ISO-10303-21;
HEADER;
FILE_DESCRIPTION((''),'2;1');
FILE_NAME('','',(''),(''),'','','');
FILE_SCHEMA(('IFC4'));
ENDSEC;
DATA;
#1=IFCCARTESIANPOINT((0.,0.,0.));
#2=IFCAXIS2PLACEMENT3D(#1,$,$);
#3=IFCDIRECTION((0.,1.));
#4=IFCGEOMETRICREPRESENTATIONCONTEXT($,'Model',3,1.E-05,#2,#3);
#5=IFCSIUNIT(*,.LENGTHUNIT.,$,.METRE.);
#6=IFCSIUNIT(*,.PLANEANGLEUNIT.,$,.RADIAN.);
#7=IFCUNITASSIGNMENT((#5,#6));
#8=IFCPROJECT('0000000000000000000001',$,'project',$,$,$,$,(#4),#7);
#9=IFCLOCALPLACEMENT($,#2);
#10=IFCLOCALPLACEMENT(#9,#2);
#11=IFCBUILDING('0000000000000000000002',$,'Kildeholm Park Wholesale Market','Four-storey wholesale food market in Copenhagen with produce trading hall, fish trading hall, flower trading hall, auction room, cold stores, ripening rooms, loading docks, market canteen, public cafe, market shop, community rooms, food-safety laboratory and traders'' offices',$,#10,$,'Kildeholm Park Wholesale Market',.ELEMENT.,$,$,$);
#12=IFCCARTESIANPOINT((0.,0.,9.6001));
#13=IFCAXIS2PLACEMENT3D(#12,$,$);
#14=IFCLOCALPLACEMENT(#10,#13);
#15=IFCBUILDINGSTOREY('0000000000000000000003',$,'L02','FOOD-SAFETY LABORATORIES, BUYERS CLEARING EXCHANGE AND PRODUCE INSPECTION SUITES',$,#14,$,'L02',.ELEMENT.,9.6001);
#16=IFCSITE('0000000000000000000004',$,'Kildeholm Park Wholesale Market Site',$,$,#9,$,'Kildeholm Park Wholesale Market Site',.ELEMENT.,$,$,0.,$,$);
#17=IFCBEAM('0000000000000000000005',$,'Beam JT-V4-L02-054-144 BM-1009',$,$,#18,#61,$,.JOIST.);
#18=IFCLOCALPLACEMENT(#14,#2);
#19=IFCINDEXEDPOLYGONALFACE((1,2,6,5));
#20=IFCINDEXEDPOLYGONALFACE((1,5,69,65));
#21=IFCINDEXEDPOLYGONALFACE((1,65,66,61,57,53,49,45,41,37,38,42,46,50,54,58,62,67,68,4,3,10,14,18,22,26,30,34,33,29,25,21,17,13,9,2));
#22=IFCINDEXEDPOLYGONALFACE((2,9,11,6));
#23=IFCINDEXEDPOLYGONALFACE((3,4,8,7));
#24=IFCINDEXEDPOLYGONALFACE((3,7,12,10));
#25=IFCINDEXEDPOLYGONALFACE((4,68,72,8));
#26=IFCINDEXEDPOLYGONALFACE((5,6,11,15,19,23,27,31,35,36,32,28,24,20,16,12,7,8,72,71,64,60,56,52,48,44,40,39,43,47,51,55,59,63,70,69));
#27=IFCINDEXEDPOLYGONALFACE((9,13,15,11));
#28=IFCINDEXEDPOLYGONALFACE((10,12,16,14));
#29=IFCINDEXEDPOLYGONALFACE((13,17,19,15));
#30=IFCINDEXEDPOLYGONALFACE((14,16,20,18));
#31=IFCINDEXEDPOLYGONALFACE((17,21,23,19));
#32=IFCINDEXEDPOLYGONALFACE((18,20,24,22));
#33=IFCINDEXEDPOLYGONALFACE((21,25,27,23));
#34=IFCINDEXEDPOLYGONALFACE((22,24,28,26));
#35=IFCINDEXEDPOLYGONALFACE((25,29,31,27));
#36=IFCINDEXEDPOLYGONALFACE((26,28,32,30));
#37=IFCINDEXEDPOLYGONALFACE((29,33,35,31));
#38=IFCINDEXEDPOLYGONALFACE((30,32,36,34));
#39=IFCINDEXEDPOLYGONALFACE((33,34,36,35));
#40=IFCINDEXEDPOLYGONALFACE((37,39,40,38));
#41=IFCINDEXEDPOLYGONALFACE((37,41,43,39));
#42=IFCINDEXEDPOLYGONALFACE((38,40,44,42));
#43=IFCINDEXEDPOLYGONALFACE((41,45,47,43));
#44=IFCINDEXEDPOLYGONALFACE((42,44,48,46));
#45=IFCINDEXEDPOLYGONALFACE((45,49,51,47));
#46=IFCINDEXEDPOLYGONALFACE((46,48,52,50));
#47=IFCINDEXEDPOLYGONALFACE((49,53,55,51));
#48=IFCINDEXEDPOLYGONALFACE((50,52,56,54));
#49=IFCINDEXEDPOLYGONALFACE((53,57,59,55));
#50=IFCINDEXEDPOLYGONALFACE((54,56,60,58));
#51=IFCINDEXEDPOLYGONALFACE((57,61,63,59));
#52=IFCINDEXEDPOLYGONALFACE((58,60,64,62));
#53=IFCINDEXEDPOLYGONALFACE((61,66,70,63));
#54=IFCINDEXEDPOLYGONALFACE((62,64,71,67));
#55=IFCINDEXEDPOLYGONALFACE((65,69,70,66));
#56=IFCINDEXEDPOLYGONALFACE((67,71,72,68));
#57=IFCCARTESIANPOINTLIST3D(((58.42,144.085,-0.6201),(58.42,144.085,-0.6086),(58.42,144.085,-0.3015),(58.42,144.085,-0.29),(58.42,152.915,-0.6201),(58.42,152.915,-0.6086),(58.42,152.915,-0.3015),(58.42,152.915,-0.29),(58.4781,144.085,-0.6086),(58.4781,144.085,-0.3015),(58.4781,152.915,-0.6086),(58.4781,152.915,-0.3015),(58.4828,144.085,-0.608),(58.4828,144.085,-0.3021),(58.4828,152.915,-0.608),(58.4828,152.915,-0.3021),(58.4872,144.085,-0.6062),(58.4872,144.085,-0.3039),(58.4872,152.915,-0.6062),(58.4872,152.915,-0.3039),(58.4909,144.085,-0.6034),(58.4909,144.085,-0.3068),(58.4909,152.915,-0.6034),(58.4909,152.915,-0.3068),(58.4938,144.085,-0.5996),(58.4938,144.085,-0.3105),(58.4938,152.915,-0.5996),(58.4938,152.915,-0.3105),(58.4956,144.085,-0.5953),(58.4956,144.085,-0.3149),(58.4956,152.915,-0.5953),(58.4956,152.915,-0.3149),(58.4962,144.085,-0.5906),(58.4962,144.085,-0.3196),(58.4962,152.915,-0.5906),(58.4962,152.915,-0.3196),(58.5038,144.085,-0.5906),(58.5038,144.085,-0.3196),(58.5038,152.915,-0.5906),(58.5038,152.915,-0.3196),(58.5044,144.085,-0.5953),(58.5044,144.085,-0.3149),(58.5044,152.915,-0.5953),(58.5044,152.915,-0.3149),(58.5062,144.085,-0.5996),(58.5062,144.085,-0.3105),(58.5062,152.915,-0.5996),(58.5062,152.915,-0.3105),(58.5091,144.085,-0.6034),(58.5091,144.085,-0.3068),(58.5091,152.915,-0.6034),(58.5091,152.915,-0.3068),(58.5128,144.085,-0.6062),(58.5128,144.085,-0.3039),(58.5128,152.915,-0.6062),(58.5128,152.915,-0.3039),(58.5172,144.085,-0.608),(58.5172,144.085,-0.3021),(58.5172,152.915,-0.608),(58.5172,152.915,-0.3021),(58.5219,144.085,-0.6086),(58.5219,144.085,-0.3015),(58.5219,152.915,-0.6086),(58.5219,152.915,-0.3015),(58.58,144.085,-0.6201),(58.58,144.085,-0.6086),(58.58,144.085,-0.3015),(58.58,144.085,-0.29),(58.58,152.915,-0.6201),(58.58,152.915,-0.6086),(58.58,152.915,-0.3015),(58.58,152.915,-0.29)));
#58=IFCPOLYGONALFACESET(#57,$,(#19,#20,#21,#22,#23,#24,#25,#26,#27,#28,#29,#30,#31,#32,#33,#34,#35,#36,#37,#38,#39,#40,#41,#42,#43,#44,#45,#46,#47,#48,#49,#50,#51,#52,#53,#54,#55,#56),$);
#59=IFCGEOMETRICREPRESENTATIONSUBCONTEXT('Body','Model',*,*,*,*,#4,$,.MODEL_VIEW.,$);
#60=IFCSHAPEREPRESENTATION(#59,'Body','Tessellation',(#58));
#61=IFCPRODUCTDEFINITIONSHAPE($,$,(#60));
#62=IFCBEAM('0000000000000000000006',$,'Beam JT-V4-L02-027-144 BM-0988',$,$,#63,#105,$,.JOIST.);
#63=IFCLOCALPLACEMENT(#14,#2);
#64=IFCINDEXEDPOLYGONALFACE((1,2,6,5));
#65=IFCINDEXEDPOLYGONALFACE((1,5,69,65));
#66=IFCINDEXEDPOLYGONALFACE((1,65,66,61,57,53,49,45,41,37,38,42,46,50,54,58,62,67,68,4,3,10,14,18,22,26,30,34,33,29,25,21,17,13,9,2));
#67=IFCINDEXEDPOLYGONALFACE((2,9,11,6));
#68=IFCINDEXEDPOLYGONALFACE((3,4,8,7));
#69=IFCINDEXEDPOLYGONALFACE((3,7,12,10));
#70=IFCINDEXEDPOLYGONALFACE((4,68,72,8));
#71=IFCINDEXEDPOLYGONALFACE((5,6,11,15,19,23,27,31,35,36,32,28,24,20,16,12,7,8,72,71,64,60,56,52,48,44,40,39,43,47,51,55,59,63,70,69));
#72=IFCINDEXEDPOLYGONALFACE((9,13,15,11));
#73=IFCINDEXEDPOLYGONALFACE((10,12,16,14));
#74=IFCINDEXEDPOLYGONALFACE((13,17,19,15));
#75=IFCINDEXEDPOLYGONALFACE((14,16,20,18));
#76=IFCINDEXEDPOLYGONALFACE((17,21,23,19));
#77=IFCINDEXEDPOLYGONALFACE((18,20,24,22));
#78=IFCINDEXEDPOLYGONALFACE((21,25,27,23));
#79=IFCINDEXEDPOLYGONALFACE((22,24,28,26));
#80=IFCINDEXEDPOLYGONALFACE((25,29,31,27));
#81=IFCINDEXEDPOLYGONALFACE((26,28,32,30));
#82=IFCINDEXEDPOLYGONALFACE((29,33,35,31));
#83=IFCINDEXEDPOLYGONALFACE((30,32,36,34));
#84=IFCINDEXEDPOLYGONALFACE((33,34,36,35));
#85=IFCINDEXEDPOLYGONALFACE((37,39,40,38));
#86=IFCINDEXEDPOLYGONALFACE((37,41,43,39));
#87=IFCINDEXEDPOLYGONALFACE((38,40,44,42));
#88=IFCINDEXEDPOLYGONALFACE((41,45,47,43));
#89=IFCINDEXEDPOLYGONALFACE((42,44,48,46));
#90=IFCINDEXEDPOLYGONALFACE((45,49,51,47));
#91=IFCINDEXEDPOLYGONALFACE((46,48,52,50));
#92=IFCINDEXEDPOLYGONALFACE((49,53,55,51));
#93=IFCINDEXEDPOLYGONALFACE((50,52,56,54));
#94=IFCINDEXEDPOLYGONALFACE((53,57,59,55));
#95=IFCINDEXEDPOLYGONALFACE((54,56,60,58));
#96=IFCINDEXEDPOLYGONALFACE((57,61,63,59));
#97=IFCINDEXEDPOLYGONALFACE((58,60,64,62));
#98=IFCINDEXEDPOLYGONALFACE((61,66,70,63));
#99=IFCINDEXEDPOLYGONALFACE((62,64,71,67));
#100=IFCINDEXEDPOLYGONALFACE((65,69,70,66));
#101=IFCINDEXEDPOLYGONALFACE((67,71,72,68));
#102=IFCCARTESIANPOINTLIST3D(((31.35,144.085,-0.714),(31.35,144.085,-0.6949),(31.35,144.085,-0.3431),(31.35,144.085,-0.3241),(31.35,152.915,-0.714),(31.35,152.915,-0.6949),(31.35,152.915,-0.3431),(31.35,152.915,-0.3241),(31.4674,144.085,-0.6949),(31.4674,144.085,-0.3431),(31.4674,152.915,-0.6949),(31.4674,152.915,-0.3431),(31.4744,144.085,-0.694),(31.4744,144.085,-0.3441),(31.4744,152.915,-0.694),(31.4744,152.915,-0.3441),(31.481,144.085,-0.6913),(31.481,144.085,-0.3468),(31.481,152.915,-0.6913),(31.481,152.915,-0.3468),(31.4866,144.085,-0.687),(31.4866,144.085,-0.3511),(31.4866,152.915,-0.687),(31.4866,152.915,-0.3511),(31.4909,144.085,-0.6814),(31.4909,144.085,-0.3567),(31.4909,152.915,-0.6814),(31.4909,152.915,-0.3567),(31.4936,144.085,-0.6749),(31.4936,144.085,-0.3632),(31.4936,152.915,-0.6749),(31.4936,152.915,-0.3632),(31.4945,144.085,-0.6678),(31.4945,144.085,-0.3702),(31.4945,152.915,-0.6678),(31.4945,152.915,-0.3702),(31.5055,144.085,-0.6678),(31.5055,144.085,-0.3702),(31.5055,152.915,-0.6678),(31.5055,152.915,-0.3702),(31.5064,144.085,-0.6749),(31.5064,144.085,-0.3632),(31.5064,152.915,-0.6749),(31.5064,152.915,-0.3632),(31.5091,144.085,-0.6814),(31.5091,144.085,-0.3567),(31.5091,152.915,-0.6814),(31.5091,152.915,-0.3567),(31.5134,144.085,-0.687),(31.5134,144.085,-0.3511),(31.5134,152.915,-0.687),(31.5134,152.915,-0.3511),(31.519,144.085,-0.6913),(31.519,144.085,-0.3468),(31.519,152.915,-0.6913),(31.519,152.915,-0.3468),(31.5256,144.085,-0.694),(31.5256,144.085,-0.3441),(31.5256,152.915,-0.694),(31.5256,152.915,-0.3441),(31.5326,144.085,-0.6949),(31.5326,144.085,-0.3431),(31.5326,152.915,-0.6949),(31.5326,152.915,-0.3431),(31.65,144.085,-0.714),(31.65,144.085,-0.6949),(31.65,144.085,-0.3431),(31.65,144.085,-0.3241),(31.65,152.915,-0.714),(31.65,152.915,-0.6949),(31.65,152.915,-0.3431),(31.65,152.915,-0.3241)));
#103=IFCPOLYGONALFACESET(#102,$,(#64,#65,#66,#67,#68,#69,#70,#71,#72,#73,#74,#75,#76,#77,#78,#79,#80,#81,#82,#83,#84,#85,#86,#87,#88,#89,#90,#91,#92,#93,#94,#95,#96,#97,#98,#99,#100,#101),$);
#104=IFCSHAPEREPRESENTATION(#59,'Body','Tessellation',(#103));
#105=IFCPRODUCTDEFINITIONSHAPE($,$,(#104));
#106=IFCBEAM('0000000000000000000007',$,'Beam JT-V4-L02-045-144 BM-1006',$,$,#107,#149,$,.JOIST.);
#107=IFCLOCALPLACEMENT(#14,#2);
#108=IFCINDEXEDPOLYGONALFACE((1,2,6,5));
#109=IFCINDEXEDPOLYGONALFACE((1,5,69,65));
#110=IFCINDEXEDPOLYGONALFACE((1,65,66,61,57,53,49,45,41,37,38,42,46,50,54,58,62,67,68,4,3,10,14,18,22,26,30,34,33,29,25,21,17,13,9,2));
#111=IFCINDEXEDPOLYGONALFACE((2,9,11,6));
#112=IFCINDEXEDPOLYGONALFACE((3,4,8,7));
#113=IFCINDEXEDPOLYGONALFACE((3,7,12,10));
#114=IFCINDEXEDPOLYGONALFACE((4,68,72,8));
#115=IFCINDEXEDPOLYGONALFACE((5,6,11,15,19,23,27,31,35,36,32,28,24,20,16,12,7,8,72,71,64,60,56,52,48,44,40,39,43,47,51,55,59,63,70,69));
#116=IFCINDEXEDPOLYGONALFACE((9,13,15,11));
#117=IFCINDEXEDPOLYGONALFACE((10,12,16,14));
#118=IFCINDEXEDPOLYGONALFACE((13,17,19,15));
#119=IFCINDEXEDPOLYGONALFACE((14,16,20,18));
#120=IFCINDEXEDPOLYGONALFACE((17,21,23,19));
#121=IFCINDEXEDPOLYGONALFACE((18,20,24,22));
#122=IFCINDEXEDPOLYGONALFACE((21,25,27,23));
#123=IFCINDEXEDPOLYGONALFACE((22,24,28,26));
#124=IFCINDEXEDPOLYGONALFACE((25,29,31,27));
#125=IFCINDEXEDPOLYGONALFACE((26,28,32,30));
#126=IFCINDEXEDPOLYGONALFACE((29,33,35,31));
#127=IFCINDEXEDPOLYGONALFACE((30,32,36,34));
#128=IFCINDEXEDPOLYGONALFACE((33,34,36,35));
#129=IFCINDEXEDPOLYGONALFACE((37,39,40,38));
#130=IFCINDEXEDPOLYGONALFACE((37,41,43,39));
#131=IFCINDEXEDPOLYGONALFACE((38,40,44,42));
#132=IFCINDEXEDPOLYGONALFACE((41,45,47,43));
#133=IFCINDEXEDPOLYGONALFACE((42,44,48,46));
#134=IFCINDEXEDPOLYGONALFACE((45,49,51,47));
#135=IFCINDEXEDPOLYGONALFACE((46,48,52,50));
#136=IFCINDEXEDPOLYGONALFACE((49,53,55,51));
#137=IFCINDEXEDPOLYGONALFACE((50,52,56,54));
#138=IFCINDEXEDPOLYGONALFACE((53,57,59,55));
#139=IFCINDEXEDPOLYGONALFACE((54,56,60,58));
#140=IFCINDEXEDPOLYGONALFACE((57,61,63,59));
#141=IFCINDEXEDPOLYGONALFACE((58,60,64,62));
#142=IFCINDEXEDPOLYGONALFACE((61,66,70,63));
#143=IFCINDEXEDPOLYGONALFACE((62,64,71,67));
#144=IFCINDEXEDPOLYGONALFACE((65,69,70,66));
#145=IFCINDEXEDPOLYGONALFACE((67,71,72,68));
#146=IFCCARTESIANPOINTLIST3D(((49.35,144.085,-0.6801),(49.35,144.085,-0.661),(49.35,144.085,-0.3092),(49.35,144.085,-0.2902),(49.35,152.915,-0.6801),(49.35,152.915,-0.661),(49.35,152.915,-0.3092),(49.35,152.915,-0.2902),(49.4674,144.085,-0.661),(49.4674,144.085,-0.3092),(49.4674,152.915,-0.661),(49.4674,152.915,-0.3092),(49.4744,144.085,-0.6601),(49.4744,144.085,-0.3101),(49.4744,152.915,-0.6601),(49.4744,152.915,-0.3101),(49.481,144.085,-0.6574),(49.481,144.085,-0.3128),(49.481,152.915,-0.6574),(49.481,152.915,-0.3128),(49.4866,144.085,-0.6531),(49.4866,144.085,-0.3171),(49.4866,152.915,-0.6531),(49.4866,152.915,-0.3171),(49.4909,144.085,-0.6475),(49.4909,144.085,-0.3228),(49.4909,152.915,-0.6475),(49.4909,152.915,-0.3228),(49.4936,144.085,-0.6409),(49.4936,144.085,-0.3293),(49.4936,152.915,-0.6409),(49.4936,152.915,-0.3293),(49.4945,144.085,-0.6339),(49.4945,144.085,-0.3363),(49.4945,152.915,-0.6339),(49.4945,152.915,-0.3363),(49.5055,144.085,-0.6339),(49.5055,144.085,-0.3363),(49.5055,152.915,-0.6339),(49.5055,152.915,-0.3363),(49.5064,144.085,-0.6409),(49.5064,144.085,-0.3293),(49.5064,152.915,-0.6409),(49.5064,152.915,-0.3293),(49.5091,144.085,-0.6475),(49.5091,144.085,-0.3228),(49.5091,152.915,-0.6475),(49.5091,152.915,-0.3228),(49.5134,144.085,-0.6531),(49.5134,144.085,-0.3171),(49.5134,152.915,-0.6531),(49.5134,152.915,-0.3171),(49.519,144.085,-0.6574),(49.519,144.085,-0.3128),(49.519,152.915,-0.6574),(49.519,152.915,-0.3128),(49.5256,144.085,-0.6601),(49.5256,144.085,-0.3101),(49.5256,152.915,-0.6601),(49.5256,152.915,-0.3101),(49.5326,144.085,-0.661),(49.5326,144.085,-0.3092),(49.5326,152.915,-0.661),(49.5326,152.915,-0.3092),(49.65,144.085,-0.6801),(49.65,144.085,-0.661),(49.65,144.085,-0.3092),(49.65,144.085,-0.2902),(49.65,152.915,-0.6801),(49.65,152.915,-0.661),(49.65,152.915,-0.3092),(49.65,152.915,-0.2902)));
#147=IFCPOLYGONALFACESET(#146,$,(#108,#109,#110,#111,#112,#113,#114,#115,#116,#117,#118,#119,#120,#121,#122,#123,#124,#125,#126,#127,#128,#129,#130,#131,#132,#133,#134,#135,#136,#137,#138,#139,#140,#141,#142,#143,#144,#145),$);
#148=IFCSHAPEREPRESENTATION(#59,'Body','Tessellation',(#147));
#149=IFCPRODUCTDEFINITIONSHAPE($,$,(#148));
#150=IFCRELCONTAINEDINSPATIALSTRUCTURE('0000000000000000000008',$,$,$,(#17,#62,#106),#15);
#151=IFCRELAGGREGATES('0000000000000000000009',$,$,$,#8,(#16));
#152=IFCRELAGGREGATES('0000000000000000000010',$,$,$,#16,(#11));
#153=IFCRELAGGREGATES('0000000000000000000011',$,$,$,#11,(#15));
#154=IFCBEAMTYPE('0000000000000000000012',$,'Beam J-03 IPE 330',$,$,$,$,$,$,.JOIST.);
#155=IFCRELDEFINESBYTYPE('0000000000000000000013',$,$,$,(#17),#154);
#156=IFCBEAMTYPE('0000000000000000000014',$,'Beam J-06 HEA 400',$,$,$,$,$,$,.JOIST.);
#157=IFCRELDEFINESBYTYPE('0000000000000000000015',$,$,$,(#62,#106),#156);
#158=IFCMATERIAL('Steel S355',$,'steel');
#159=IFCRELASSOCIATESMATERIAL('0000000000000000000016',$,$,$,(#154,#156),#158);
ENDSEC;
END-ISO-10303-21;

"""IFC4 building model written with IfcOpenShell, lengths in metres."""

from ifc_helpers import new_model, si_unit, direction, frame, origin, origin_2d, place, context, subcontext, project, spatial, i_section, extrude, material, material_profile, profile_set, type_object, element, save


model = new_model("IFC4")

# Units and contexts
model_context = context("Model", 3, precision=1e-05, world=origin(), true_north=direction((0.0, 1.0)))
body_context = subcontext(model_context, "Body", "Model", "MODEL_VIEW")
ifc_project = project(units=[si_unit("LENGTHUNIT", "METRE"), si_unit("PLANEANGLEUNIT", "RADIAN")], contexts=[model_context])

# Site, building, storey
site_placement = place(None, origin())
site = spatial("IfcSite", under=ifc_project, at=site_placement, Name="Kildeholm Park Wholesale Market Site", LongName="Kildeholm Park Wholesale Market Site", CompositionType="ELEMENT", RefElevation=0.0)
building_placement = place(site_placement, origin())
building = spatial("IfcBuilding", under=site, at=building_placement, Name="Kildeholm Park Wholesale Market", Description="Four-storey wholesale food market in Copenhagen with produce trading hall, fish trading hall, flower trading hall, auction room, cold stores, ripening rooms, loading docks, market canteen, public cafe, market shop, community rooms, food-safety laboratory and traders' offices", LongName="Kildeholm Park Wholesale Market", CompositionType="ELEMENT")
storey_placement = place(building_placement, frame((0.0, 0.0, 9.6001)))
storey = spatial("IfcBuildingStorey", under=building, at=storey_placement, Name="L02", Description="FOOD-SAFETY LABORATORIES, BUYERS CLEARING EXCHANGE AND PRODUCE INSPECTION SUITES", LongName="L02", CompositionType="ELEMENT", Elevation=9.6001)

# Beams
ifc_material_1 = material(Name="Steel S355", Category="steel")
ifc_material_profile_1 = material_profile(ifc_material_1, i_section(OverallWidth=0.1599, OverallDepth=0.3301, WebThickness=0.0076, FlangeThickness=0.0115, FilletRadius=0.0181, at=origin_2d()), Name="IPE 330")
ifc_profile_set_1 = profile_set([ifc_material_profile_1], Name="Steel S355")
beam_type_1 = type_object("IfcBeamType", Name="Beam J-03 IPE 330", PredefinedType="JOIST", material=ifc_profile_set_1)
for number, where, z_axis, x_axis, name in (
    (1, (58.5, 144.085, -0.4551), (0.0, 1.0, 0.0), (-1.0, 0.0, 0.0), "Beam JT-V4-L02-054-144 BM-1009"),
):
    element("IfcBeam", number, at=place(storey_placement, frame(where, z_axis=z_axis, x_axis=x_axis)), inside=storey, type_object=beam_type_1, Name=name, PredefinedType="JOIST", context=body_context, shape_type="SweptSolid", body=[
        extrude(i_section(OverallWidth=0.1599, OverallDepth=0.3301, WebThickness=0.0076, FlangeThickness=0.0115, FilletRadius=0.0181, at=origin_2d()), origin(), (0.0, 0.0, 1.0), 8.8301),
    ])
ifc_material_profile_2 = material_profile(ifc_material_1, i_section(OverallWidth=0.3, OverallDepth=0.3899, WebThickness=0.011, FlangeThickness=0.019, FilletRadius=0.0271, at=origin_2d()), Name="HEA 400")
ifc_profile_set_2 = profile_set([ifc_material_profile_2], Name="Steel S355")
beam_type_2 = type_object("IfcBeamType", Name="Beam J-06 HEA 400", PredefinedType="JOIST", material=ifc_profile_set_2)
for number, where, z_axis, x_axis, name in (
    (2, (31.5, 144.085, -0.519), (0.0, 1.0, 0.0), (-1.0, 0.0, 0.0), "Beam JT-V4-L02-027-144 BM-0988"),
    (3, (49.5, 144.085, -0.4851), (0.0, 1.0, 0.0), (-1.0, 0.0, 0.0), "Beam JT-V4-L02-045-144 BM-1006"),
):
    element("IfcBeam", number, at=place(storey_placement, frame(where, z_axis=z_axis, x_axis=x_axis)), inside=storey, type_object=beam_type_2, Name=name, PredefinedType="JOIST", context=body_context, shape_type="SweptSolid", body=[
        extrude(i_section(OverallWidth=0.3, OverallDepth=0.3899, WebThickness=0.011, FlangeThickness=0.019, FilletRadius=0.0271, at=origin_2d()), origin(), (0.0, 0.0, 1.0), 8.8301),
    ])

save(model, "model.ifc")
